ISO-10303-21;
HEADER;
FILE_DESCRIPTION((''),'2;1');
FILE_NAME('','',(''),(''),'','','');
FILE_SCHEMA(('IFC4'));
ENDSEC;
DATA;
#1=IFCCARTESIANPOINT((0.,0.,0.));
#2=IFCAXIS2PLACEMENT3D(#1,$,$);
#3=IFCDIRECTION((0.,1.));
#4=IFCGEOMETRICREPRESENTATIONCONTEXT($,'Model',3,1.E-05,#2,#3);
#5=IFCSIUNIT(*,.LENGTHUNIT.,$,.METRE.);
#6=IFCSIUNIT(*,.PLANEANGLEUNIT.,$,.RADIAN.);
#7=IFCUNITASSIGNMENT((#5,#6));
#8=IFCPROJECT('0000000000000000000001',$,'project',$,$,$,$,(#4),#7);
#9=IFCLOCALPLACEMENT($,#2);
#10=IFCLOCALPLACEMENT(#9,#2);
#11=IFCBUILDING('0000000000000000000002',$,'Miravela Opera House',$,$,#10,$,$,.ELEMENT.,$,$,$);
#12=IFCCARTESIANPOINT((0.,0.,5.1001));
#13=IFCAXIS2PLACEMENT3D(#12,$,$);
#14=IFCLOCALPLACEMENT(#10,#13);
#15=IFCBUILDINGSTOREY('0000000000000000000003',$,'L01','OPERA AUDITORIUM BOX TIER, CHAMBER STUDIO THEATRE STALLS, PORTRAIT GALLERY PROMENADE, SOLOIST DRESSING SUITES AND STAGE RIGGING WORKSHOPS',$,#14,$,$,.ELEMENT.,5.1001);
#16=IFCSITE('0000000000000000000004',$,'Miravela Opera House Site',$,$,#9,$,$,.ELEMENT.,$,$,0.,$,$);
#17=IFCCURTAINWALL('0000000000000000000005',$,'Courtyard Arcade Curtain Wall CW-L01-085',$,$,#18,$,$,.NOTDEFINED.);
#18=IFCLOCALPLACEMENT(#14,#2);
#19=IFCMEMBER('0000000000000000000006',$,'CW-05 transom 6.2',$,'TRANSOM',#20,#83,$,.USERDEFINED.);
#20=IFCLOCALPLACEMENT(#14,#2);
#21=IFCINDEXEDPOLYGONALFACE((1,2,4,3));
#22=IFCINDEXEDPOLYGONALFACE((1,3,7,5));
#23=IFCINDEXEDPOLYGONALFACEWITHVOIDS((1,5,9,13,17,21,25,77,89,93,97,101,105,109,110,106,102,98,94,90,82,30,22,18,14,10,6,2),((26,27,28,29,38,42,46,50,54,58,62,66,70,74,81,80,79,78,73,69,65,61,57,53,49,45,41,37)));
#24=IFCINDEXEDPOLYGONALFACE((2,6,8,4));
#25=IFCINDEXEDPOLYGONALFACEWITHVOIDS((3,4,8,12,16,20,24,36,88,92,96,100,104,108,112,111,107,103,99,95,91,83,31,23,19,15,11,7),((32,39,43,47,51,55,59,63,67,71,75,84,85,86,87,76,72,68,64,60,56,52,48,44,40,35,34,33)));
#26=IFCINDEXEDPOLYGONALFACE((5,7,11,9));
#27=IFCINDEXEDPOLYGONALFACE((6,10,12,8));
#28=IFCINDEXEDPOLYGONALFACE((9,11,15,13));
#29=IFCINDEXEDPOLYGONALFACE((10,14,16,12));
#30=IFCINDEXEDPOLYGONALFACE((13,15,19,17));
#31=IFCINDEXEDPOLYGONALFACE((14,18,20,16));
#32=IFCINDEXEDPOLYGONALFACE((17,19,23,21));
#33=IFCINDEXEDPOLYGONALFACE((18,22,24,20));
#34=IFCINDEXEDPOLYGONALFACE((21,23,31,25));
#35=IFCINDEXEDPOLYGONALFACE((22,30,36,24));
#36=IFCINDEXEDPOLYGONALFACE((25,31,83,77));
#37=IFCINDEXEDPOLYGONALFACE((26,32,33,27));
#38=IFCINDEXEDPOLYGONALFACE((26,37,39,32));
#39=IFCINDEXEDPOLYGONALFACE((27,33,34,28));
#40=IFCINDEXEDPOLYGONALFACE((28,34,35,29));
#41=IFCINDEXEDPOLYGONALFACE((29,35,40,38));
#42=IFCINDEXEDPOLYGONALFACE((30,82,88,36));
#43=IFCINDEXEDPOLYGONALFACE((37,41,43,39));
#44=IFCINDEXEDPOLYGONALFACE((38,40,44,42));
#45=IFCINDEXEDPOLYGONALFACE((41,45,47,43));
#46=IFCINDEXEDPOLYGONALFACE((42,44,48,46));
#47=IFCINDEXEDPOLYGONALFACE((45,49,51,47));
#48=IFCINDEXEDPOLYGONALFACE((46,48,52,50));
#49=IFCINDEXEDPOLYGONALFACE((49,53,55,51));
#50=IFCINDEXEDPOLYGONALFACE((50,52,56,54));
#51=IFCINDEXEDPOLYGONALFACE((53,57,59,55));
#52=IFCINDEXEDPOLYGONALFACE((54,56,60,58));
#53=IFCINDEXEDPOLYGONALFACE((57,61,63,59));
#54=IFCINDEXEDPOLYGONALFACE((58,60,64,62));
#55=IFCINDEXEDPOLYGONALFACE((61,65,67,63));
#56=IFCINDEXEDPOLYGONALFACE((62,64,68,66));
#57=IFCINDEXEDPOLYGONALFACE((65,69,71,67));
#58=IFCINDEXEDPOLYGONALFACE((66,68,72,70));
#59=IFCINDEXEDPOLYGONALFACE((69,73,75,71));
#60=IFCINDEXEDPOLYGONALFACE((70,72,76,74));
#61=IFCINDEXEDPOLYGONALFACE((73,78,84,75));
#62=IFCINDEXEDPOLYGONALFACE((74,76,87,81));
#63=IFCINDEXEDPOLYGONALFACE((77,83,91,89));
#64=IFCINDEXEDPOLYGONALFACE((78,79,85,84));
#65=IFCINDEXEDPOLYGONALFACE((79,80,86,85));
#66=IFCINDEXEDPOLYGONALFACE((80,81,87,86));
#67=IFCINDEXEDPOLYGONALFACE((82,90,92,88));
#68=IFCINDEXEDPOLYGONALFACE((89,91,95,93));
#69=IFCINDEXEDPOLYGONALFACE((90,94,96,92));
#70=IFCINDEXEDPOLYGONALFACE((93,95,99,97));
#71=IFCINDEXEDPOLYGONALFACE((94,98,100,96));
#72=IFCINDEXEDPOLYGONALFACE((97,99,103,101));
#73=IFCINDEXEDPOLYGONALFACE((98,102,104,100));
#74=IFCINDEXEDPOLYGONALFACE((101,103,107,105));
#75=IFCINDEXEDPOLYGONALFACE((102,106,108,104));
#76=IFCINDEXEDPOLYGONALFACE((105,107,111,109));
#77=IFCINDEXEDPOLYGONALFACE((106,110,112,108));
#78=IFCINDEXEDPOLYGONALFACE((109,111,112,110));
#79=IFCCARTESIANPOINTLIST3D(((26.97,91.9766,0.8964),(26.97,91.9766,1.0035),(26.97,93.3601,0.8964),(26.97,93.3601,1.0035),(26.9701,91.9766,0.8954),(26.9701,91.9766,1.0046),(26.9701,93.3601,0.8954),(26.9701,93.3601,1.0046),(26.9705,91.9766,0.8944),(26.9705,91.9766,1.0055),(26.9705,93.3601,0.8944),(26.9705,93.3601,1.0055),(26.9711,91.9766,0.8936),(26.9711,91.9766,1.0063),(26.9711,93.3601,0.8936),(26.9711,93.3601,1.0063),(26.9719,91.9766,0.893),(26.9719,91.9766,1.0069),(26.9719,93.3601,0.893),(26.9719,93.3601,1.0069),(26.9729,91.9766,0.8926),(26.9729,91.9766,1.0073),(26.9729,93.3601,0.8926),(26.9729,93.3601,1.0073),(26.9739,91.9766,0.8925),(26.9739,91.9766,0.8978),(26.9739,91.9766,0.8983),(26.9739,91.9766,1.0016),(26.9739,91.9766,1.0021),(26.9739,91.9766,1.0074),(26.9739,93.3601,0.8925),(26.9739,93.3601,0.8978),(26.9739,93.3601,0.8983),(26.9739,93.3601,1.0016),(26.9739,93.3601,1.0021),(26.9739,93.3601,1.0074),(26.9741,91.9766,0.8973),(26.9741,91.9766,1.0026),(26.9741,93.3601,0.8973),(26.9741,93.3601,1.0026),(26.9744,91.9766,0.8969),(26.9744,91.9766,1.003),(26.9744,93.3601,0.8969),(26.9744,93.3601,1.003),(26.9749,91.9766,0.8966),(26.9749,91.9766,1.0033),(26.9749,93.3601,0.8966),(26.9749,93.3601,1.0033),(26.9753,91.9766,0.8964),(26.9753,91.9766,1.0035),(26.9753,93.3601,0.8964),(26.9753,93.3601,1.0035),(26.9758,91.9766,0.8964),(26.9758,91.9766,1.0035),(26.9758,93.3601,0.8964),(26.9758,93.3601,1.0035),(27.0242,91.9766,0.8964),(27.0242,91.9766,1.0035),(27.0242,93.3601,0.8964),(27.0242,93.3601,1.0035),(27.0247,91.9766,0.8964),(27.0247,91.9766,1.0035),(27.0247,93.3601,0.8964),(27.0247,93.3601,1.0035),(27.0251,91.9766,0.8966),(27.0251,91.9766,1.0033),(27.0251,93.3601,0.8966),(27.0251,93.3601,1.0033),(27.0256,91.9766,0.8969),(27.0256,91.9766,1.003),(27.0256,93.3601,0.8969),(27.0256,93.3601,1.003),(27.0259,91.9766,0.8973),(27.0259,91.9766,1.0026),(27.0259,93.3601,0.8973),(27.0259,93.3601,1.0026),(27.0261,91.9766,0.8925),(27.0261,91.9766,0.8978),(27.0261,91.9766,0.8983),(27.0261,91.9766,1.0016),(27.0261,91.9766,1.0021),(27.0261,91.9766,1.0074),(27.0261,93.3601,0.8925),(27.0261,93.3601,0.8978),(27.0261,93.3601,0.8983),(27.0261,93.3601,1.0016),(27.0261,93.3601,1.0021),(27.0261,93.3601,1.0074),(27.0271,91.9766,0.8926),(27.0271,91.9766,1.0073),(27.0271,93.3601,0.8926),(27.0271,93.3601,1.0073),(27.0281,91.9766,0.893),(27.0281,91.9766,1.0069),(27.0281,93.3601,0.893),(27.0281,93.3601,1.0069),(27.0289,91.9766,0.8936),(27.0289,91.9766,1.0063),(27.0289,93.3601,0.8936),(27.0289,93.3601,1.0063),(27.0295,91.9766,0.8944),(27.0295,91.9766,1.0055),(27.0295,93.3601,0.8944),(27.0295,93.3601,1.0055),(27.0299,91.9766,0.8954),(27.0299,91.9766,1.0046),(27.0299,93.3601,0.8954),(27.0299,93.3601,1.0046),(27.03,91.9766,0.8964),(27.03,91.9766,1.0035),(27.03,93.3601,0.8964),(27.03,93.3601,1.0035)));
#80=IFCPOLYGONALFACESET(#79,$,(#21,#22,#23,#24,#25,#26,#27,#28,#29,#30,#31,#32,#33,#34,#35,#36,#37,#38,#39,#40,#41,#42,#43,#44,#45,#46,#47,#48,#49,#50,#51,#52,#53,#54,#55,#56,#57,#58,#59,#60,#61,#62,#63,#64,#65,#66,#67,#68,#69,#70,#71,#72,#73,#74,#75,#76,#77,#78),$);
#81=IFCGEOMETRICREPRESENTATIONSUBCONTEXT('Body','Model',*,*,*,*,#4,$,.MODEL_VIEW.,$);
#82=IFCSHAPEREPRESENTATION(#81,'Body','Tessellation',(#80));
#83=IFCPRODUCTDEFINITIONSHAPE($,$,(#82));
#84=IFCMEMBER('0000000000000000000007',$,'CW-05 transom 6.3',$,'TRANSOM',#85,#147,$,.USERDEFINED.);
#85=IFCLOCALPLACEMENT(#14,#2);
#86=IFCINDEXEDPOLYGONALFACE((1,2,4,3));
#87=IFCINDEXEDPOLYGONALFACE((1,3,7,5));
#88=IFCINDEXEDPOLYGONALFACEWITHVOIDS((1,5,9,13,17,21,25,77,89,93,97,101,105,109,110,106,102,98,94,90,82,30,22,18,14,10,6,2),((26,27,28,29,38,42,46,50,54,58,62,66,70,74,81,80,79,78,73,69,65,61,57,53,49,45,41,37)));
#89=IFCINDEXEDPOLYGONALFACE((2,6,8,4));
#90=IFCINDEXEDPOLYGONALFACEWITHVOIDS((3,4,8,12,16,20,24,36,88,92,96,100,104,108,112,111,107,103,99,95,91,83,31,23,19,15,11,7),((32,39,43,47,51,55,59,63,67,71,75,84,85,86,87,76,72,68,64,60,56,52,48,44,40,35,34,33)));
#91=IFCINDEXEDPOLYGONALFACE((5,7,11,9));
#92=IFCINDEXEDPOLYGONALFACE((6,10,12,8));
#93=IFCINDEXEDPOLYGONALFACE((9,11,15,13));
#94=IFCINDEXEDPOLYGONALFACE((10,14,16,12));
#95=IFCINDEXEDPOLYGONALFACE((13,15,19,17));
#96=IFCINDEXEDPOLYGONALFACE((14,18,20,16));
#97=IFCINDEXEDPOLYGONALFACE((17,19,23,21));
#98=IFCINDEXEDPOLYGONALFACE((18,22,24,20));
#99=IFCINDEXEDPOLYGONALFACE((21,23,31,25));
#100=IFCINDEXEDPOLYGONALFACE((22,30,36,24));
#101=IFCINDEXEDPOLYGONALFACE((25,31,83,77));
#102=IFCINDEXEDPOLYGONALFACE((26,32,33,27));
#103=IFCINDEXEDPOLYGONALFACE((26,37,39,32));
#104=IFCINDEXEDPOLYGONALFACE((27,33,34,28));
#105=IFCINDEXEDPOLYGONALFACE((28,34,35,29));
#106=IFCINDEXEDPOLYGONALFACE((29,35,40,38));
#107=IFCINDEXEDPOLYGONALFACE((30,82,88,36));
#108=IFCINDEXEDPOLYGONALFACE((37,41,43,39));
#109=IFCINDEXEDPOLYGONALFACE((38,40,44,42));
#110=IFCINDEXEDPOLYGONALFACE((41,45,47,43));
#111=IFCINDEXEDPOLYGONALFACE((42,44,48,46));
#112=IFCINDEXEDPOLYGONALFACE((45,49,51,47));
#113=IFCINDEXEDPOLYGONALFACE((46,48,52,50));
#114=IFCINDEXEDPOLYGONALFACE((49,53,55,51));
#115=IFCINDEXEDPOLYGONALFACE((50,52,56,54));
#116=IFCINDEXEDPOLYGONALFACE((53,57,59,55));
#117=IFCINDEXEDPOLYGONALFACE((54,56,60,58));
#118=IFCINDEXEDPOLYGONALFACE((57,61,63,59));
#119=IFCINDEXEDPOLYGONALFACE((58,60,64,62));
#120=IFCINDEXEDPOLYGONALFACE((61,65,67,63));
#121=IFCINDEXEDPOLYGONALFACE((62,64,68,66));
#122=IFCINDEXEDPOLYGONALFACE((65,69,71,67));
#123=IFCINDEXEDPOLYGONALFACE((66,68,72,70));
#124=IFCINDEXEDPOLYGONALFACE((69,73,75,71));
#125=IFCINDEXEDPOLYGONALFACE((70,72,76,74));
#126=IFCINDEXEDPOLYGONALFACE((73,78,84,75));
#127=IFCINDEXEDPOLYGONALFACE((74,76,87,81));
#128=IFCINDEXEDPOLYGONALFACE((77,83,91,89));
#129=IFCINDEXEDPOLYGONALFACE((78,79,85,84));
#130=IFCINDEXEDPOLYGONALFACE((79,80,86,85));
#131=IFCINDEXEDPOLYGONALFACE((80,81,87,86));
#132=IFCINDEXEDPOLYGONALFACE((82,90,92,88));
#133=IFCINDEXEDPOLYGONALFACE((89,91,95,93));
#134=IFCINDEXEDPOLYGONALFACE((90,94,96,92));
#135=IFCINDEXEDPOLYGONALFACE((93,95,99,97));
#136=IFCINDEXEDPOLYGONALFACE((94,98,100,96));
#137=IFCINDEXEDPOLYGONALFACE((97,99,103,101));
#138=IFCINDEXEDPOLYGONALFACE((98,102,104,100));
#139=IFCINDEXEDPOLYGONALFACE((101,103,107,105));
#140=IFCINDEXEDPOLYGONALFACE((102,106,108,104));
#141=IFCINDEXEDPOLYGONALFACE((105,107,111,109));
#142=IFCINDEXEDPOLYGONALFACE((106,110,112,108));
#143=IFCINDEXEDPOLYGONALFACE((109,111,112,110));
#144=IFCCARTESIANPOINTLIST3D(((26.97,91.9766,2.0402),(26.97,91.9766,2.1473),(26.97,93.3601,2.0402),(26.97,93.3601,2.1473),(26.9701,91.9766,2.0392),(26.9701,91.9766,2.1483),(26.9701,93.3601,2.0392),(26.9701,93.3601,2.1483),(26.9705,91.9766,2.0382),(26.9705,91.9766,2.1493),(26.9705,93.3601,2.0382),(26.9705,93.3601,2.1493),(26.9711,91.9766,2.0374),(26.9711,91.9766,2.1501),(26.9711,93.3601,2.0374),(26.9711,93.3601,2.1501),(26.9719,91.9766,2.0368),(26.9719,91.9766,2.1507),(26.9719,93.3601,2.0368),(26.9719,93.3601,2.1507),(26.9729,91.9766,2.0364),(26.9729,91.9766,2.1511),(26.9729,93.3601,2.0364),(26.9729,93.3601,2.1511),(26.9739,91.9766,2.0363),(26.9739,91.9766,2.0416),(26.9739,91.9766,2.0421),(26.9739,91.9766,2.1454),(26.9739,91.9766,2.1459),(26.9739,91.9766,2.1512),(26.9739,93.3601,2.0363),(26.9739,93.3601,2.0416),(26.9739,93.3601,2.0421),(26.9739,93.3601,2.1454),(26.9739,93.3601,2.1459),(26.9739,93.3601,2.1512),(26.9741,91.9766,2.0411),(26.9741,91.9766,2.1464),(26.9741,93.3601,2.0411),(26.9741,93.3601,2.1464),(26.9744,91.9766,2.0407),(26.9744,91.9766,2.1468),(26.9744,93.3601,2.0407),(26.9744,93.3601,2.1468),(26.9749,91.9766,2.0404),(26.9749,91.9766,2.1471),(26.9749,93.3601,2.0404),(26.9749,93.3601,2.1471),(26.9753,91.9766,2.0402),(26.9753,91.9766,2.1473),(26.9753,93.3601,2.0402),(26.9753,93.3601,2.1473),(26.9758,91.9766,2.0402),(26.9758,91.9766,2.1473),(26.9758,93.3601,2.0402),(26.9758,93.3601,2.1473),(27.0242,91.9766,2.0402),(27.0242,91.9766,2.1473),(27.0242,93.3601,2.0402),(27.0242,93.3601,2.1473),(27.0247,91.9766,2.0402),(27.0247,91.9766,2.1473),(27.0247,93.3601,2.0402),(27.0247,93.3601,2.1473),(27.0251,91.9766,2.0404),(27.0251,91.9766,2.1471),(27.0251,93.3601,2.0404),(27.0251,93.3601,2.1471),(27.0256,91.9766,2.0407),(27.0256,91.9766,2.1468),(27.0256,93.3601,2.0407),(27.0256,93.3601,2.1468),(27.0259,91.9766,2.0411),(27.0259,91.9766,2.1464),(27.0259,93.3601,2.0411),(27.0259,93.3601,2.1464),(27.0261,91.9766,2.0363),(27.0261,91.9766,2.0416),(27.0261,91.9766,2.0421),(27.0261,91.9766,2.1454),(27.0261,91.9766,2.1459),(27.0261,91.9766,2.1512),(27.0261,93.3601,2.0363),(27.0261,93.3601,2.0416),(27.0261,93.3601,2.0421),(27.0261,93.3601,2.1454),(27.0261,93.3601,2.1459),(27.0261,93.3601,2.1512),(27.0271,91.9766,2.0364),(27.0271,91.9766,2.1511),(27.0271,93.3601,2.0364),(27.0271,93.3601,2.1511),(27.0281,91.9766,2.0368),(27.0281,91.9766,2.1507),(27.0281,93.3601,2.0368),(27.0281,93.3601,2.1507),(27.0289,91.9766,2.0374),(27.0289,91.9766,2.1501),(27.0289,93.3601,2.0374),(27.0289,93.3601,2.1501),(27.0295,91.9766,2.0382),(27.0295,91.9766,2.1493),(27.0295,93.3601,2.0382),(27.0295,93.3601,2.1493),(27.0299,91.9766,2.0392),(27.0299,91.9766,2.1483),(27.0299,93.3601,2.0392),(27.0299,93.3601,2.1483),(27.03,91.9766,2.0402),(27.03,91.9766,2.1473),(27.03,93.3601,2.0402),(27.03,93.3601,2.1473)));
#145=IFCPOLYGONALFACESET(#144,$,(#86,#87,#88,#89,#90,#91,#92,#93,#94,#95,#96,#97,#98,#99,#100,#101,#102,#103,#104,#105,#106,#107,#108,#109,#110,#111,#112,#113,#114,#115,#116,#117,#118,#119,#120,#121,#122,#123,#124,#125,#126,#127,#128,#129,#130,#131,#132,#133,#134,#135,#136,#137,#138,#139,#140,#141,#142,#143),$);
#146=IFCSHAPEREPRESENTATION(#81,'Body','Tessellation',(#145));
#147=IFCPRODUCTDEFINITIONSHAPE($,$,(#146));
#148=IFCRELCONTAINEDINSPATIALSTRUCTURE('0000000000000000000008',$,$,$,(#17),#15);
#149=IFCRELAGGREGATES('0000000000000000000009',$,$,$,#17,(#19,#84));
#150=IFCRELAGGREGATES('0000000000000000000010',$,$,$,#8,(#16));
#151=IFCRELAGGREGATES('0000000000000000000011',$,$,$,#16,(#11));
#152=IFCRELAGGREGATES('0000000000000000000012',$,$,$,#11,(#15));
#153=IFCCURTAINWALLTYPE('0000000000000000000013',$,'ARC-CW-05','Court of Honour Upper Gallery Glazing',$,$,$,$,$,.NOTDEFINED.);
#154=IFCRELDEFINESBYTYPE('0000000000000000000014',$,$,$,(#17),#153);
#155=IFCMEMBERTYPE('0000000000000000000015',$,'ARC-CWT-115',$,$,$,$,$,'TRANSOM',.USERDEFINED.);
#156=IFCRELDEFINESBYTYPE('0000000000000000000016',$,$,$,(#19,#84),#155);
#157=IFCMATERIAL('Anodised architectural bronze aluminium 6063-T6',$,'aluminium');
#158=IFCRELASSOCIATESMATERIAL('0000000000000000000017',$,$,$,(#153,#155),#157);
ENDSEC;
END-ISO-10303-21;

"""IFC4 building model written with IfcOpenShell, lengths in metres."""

from ifc_helpers import new_model, si_unit, direction, frame, origin, origin_2d, place, context, subcontext, project, spatial, hollow_rectangle, extrude, material, material_profile, profile_set, type_object, element, aggregate, save


model = new_model("IFC4")

# Units and contexts
model_context = context("Model", 3, precision=1e-05, world=origin(), true_north=direction((0.0, 1.0)))
body_context = subcontext(model_context, "Body", "Model", "MODEL_VIEW")
ifc_project = project(units=[si_unit("LENGTHUNIT", "METRE"), si_unit("PLANEANGLEUNIT", "RADIAN")], contexts=[model_context])

# Site, building, storey
site_placement = place(None, origin())
site = spatial("IfcSite", under=ifc_project, at=site_placement, Name="Miravela Opera House Site", CompositionType="ELEMENT", RefElevation=0.0)
building_placement = place(site_placement, origin())
building = spatial("IfcBuilding", under=site, at=building_placement, Name="Miravela Opera House", CompositionType="ELEMENT")
storey_placement = place(building_placement, frame((0.0, 0.0, 5.1001)))
storey = spatial("IfcBuildingStorey", under=building, at=storey_placement, Name="L01", Description="OPERA AUDITORIUM BOX TIER, CHAMBER STUDIO THEATRE STALLS, PORTRAIT GALLERY PROMENADE, SOLOIST DRESSING SUITES AND STAGE RIGGING WORKSHOPS", CompositionType="ELEMENT", Elevation=5.1001)

# Curtain wall, members
ifc_material_1 = material(Name="Anodised architectural bronze aluminium 6063-T6", Category="aluminium")
curtain_wall_type = type_object("IfcCurtainWallType", Name="ARC-CW-05", Description="Court of Honour Upper Gallery Glazing", PredefinedType="NOTDEFINED", material=ifc_material_1)
curtain_wall_placement = place(storey_placement, origin())
curtain_wall = element("IfcCurtainWall", 1, at=curtain_wall_placement, inside=storey, type_object=curtain_wall_type, Name="Courtyard Arcade Curtain Wall CW-L01-085", PredefinedType="NOTDEFINED")
ifc_material_profile_1 = material_profile(ifc_material_1, hollow_rectangle(XDim=0.0601, YDim=0.115, WallThickness=0.0039, InnerFilletRadius=0.002, OuterFilletRadius=0.0039, at=origin_2d()), Name="CWT-60X115")
ifc_profile_set_1 = profile_set([ifc_material_profile_1])
member_type_1 = type_object("IfcMemberType", Name="ARC-CWT-115", ElementType="TRANSOM", PredefinedType="USERDEFINED", material=ifc_profile_set_1)
member_1_placement = place(storey_placement, frame((27.0, 91.9766, 0.95), z_axis=(0.0, 1.0, 0.0), x_axis=(-1.0, 0.0, 0.0)))
member_1 = element("IfcMember", 2, at=member_1_placement, type_object=member_type_1, Name="CW-05 transom 6.2", ObjectType="TRANSOM", PredefinedType="USERDEFINED", context=body_context, shape_type="SweptSolid", body=[
    extrude(hollow_rectangle(XDim=0.0601, YDim=0.115, WallThickness=0.0039, InnerFilletRadius=0.002, OuterFilletRadius=0.0039, at=origin_2d()), origin(), (0.0, 0.0, 1.0), 1.3835),
])
member_2_placement = place(storey_placement, frame((27.0, 91.9766, 2.0938), z_axis=(0.0, 1.0, 0.0), x_axis=(-1.0, 0.0, 0.0)))
member_2 = element("IfcMember", 3, at=member_2_placement, type_object=member_type_1, Name="CW-05 transom 6.3", ObjectType="TRANSOM", PredefinedType="USERDEFINED", context=body_context, shape_type="SweptSolid", body=[
    extrude(hollow_rectangle(XDim=0.0601, YDim=0.115, WallThickness=0.0039, InnerFilletRadius=0.002, OuterFilletRadius=0.0039, at=origin_2d()), origin(), (0.0, 0.0, 1.0), 1.3835),
])
aggregate(curtain_wall, [member_1, member_2])

save(model, "model.ifc")
